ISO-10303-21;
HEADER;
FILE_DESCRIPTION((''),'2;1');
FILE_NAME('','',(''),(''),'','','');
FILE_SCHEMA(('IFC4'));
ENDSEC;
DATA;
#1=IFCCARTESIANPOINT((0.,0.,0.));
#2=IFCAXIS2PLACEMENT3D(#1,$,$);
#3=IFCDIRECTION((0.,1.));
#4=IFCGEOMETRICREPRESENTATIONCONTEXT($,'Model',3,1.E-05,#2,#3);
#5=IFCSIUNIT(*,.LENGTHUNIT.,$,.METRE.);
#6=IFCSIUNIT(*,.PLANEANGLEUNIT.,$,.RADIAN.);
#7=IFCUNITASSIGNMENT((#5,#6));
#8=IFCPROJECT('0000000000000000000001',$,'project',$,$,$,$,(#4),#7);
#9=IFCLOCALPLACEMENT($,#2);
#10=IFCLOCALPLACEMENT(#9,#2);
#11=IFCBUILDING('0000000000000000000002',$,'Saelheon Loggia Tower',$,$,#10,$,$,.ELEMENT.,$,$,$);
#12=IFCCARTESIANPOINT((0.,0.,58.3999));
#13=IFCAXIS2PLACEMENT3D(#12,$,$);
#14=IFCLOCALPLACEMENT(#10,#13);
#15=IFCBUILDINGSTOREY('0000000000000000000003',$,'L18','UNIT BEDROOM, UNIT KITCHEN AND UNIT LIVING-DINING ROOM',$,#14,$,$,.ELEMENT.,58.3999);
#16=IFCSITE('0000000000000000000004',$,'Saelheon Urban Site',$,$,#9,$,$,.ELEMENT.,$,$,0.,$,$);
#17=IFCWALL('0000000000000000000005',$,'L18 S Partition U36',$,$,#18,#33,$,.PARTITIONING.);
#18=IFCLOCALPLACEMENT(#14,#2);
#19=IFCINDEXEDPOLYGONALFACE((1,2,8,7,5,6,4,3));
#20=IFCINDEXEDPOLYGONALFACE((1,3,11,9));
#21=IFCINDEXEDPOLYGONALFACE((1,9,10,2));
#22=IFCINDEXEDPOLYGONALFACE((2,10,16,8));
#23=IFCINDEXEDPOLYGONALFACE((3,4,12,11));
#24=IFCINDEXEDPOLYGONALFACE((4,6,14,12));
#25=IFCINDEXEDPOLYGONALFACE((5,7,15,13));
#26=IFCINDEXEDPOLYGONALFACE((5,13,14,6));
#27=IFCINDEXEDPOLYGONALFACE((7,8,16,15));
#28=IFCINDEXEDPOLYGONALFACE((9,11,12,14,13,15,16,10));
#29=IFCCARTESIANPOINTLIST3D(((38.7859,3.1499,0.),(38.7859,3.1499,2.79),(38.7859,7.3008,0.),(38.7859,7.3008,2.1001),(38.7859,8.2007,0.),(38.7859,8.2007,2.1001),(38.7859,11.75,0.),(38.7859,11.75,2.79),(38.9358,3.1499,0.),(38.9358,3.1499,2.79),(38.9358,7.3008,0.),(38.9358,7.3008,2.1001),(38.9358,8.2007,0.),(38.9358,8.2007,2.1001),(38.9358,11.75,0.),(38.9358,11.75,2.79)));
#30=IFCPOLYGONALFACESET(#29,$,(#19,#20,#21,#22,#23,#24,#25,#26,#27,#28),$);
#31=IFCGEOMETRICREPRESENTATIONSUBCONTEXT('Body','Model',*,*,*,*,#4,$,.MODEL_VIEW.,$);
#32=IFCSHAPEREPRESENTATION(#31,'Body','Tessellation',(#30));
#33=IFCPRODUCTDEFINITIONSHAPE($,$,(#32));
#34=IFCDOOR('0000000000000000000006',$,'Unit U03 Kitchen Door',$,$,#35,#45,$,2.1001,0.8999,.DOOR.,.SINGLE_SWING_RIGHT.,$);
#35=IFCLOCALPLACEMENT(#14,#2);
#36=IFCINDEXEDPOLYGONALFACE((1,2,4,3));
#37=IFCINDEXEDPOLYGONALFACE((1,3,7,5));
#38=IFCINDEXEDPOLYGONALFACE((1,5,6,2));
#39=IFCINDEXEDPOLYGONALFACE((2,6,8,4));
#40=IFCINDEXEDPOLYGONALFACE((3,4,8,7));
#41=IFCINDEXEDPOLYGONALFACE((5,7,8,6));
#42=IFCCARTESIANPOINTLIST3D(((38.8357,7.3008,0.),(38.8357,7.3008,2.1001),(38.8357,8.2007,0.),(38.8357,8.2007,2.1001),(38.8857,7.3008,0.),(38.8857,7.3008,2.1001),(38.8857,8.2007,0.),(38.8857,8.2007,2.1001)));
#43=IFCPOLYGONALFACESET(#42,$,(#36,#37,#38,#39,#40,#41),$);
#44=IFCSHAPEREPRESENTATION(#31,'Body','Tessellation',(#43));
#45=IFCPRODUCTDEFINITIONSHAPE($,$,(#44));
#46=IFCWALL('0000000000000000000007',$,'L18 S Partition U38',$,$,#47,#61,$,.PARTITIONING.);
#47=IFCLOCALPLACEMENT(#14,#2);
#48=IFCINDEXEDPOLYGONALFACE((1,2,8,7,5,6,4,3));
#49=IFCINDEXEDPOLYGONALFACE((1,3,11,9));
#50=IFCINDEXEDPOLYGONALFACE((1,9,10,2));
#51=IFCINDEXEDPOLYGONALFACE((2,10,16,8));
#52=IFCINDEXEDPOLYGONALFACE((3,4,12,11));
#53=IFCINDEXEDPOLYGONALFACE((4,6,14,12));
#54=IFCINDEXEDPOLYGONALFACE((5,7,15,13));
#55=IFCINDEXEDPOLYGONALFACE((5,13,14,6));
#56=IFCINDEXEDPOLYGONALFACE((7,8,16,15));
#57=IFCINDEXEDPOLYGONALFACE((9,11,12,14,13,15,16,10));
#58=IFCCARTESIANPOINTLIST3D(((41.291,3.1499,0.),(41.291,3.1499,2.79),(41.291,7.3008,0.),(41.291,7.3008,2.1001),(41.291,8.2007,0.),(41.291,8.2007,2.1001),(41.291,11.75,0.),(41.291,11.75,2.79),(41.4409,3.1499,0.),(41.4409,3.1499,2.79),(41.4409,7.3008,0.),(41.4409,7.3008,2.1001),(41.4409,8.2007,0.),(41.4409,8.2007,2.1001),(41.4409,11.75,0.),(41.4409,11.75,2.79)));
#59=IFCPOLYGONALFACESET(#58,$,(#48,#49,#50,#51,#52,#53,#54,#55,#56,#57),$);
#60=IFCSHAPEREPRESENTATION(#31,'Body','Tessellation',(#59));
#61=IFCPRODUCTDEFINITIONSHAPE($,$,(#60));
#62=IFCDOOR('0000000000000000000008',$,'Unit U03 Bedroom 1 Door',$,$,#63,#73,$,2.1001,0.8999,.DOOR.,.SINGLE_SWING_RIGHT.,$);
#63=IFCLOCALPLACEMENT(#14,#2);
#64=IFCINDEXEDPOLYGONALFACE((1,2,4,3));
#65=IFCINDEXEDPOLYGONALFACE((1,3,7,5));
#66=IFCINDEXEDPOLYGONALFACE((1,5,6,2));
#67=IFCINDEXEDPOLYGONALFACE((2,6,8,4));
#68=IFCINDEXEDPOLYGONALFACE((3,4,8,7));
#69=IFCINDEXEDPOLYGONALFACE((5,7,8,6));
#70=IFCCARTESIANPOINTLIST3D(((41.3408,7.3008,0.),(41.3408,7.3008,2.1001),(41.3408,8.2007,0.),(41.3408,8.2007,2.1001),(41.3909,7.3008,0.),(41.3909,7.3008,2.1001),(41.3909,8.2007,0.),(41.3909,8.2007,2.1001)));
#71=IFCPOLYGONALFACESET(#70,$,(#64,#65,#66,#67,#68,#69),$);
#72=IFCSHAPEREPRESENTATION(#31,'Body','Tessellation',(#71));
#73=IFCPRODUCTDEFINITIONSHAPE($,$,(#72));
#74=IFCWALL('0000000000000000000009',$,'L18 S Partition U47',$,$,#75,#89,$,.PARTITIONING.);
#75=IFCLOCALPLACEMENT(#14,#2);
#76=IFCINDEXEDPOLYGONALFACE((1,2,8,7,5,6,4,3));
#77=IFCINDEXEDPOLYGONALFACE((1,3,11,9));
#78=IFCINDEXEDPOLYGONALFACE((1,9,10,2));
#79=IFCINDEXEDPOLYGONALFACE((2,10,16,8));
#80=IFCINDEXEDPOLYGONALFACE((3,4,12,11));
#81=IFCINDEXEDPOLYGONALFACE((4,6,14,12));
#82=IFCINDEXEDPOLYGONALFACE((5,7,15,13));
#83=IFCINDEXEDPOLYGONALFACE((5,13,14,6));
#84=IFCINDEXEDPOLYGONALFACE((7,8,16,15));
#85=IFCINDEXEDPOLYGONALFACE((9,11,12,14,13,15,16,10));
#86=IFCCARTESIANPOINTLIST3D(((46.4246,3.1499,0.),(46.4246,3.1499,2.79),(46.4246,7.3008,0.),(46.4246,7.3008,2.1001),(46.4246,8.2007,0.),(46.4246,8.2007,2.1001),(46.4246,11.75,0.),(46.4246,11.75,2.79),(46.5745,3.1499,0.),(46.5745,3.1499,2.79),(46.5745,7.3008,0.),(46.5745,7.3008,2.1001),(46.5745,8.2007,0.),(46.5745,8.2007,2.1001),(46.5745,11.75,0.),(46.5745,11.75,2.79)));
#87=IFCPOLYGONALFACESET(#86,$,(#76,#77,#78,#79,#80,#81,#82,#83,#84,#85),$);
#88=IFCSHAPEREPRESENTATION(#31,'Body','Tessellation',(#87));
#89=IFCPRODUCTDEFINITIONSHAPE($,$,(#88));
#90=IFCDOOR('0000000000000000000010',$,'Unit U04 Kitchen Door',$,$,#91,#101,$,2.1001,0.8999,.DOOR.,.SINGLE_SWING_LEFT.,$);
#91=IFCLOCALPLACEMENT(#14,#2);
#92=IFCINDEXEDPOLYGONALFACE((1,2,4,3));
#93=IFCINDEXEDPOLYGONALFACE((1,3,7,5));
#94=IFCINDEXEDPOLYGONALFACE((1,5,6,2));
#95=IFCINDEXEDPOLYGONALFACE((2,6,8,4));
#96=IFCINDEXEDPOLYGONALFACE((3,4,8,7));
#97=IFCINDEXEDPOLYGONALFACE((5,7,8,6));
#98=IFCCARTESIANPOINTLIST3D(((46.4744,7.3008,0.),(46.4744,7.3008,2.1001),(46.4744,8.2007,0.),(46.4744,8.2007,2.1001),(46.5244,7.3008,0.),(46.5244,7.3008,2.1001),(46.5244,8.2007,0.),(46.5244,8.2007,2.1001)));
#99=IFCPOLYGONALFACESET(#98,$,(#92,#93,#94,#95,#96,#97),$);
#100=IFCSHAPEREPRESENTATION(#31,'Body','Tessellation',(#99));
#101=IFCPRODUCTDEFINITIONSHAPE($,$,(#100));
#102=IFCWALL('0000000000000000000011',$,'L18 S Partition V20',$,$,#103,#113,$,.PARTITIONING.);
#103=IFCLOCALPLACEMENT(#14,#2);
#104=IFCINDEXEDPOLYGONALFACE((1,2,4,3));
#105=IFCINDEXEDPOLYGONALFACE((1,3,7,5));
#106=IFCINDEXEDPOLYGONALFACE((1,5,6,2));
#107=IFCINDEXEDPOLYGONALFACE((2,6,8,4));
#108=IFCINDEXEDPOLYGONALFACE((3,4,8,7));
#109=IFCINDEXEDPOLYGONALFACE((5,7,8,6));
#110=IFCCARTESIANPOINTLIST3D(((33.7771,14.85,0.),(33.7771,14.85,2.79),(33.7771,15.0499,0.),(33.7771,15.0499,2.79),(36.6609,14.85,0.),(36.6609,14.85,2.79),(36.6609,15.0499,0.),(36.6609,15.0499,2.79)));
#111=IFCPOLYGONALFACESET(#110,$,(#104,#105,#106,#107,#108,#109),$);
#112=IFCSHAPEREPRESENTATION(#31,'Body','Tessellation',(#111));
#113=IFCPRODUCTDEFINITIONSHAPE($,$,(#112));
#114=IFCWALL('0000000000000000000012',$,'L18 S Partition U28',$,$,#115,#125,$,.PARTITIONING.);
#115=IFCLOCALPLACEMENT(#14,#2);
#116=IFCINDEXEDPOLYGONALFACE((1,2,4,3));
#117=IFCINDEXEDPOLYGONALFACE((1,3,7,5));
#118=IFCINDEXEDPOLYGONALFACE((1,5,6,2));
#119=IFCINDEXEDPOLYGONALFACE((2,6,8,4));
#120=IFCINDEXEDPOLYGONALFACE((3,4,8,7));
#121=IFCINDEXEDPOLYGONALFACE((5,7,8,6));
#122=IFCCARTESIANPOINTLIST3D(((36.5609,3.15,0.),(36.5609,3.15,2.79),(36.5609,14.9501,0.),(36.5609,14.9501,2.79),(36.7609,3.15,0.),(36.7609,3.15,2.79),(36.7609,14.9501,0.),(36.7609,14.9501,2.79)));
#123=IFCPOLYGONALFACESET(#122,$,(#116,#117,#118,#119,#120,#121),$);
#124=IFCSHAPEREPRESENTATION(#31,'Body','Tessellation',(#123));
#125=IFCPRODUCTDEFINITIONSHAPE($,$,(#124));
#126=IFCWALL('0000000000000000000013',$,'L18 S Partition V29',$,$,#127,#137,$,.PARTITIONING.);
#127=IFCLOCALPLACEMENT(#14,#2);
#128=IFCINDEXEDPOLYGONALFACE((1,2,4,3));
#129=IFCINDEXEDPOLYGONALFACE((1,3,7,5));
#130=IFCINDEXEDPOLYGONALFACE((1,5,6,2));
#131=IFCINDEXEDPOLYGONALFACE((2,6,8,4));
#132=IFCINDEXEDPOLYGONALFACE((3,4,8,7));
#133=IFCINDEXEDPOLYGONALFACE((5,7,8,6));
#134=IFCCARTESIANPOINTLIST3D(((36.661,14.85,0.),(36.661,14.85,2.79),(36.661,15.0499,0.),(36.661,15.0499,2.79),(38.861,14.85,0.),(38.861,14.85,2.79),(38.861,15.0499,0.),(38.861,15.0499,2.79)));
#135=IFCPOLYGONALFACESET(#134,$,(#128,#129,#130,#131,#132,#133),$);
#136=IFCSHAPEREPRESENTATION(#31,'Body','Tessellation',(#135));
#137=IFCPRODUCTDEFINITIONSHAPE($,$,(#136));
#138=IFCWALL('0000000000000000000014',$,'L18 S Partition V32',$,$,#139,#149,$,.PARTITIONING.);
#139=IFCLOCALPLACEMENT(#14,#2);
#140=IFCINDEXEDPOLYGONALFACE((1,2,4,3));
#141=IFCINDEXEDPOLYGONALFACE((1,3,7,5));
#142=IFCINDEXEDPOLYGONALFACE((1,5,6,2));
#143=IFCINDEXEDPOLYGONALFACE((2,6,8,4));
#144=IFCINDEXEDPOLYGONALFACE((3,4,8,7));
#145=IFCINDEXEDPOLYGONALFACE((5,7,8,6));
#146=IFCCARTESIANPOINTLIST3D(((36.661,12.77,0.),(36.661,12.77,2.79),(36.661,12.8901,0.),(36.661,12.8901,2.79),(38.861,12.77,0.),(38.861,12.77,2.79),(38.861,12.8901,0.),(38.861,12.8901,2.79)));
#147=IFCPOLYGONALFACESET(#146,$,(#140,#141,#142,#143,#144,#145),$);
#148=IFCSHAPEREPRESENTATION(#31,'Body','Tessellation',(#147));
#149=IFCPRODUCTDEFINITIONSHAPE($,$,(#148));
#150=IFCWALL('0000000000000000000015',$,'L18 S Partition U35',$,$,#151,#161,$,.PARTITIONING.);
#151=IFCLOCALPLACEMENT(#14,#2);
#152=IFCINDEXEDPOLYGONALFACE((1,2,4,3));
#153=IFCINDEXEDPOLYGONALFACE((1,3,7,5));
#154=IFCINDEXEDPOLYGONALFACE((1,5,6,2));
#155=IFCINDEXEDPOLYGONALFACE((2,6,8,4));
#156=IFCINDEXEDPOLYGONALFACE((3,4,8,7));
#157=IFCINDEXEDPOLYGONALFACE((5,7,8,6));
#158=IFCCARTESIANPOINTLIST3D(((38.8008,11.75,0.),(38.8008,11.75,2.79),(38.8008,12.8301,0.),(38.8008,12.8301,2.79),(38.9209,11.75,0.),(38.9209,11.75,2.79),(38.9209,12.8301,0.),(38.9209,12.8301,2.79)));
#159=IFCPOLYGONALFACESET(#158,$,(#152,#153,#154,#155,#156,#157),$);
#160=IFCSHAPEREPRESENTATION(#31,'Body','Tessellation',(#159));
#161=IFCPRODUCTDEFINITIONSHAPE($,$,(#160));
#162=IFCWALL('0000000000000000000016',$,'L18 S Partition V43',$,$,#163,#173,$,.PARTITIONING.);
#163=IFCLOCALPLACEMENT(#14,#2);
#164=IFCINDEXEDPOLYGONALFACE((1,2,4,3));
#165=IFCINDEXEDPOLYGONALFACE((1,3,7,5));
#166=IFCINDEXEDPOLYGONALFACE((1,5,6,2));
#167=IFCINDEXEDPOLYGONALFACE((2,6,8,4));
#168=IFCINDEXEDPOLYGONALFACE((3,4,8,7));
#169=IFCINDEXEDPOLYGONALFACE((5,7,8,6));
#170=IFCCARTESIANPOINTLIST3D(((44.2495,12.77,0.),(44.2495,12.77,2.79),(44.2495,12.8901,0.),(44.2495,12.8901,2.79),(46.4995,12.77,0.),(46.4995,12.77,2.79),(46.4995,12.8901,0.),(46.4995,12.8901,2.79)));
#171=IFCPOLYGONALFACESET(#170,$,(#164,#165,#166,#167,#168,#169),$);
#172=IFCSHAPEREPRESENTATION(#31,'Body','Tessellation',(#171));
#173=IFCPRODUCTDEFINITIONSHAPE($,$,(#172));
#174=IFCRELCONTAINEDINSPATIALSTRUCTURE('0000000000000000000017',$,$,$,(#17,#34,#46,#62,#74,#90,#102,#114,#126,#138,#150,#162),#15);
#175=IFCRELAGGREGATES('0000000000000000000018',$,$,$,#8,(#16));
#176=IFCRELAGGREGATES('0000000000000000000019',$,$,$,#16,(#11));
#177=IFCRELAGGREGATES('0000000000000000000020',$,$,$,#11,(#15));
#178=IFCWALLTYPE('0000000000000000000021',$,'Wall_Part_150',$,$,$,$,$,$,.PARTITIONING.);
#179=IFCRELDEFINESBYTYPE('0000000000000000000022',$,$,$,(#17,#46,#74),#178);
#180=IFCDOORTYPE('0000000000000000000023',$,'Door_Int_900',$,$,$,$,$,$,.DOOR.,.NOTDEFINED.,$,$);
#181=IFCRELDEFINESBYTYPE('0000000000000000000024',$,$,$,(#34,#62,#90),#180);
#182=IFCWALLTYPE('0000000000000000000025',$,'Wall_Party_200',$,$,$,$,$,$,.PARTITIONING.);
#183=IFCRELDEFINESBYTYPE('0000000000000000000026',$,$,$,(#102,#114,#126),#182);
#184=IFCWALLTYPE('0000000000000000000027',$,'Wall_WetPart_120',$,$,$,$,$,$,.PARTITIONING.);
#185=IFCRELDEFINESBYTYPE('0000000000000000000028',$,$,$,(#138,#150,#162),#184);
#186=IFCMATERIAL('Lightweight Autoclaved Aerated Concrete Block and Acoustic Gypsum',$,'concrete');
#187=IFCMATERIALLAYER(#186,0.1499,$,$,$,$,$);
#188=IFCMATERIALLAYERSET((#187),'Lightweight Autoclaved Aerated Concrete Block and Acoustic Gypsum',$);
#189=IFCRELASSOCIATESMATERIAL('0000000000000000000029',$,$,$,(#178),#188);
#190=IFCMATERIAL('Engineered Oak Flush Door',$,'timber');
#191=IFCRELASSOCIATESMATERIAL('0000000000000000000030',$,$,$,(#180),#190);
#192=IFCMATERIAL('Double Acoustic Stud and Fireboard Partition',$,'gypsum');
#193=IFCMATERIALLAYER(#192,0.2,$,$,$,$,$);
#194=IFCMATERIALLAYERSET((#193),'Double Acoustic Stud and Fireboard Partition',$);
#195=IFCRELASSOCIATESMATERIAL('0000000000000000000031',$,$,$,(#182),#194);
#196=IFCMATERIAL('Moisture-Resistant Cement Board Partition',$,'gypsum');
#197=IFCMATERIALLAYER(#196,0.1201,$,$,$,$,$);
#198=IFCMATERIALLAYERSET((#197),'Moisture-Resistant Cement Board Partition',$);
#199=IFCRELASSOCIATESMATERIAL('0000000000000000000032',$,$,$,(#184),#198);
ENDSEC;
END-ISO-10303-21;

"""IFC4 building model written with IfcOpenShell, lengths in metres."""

from ifc_helpers import new_model, si_unit, direction, frame, frame_2d, origin, place, context, subcontext, project, spatial, rectangle, extrude, source, transform, mapped, material, layer, layer_set, type_object, element, fill, save


model = new_model("IFC4")

# Units and contexts
model_context = context("Model", 3, precision=1e-05, world=origin(), true_north=direction((0.0, 1.0)))
body_context = subcontext(model_context, "Body", "Model", "MODEL_VIEW")
ifc_project = project(units=[si_unit("LENGTHUNIT", "METRE"), si_unit("PLANEANGLEUNIT", "RADIAN")], contexts=[model_context])

# Site, building, storey
site_placement = place(None, origin())
site = spatial("IfcSite", under=ifc_project, at=site_placement, Name="Saelheon Urban Site", CompositionType="ELEMENT", RefElevation=0.0)
building_placement = place(site_placement, origin())
building = spatial("IfcBuilding", under=site, at=building_placement, Name="Saelheon Loggia Tower", CompositionType="ELEMENT")
storey_placement = place(building_placement, frame((0.0, 0.0, 58.3999)))
storey = spatial("IfcBuildingStorey", under=building, at=storey_placement, Name="L18", Description="UNIT BEDROOM, UNIT KITCHEN AND UNIT LIVING-DINING ROOM", CompositionType="ELEMENT", Elevation=58.3999)

# Shared definitions
ifc_material_1 = material(Name="Lightweight Autoclaved Aerated Concrete Block and Acoustic Gypsum", Category="concrete")
ifc_layer_1 = layer(ifc_material_1, 0.1499)
ifc_layer_set_1 = layer_set([ifc_layer_1], Name="Lightweight Autoclaved Aerated Concrete Block and Acoustic Gypsum")
wall_type_1 = type_object("IfcWallType", Name="Wall_Part_150", PredefinedType="PARTITIONING", material=ifc_layer_set_1)

# Shared definitions
ifc_material_2 = material(Name="Engineered Oak Flush Door", Category="timber")
door_type_1 = type_object("IfcDoorType", Name="Door_Int_900", OperationType="NOTDEFINED", PredefinedType="DOOR", material=ifc_material_2)
shared_shape_1 = source(origin(), body_context, "Body", "SweptSolid", [
    extrude(rectangle(XDim=0.8999, YDim=2.1001, at=frame_2d((0.45, 1.05))), frame((0.0, 0.0249, 0.0), z_axis=(0.0, -1.0, 0.0), x_axis=(1.0, 0.0, 0.0)), (0.0, 0.0, 1.0), 0.05),
])

# Walls, openings, doors
wall_1_placement = place(storey_placement, frame((38.8608, 11.75, 0.0), z_axis=(0.0, 0.0, 1.0), x_axis=(0.0, -1.0, 0.0)))
wall_1 = element("IfcWall", 1, at=wall_1_placement, inside=storey, type_object=wall_type_1, Name="L18 S Partition U36", PredefinedType="PARTITIONING", context=body_context, shape_type="SweptSolid", body=[
    extrude(rectangle(XDim=8.6001, YDim=0.1499, at=frame_2d((4.3, 0.0))), origin(), (0.0, 0.0, 1.0), 2.79),
])
opening_1_placement = place(wall_1_placement, frame((3.5493, 0.0, 0.0)))
opening_1 = element("IfcOpeningElement", 2, at=opening_1_placement, cuts=wall_1, PredefinedType="OPENING", context=body_context, shape_type="SweptSolid", body=[
    extrude(rectangle(XDim=0.8999, YDim=2.1001, at=frame_2d((0.45, 1.05))), frame((0.0, 0.0869, 0.0), z_axis=(0.0, -1.0, 0.0), x_axis=(1.0, 0.0, 0.0)), (0.0, 0.0, 1.0), 0.1738),
])
door_1_placement = place(opening_1_placement, origin())
door_1 = element("IfcDoor", 3, at=door_1_placement, inside=storey, type_object=door_type_1, Name="Unit U03 Kitchen Door", OperationType="SINGLE_SWING_RIGHT", OverallHeight=2.1001, OverallWidth=0.8999, PredefinedType="DOOR", context=body_context, shape_type="MappedRepresentation", body=[
    mapped(shared_shape_1, transform((0.0, 0.0, 0.0), scale=1.0)),
])
fill(opening_1, door_1)
wall_2_placement = place(storey_placement, frame((41.366, 11.75, 0.0), z_axis=(0.0, 0.0, 1.0), x_axis=(0.0, -1.0, 0.0)))
wall_2 = element("IfcWall", 4, at=wall_2_placement, inside=storey, type_object=wall_type_1, Name="L18 S Partition U38", PredefinedType="PARTITIONING", context=body_context, shape_type="SweptSolid", body=[
    extrude(rectangle(XDim=8.6001, YDim=0.1499, at=frame_2d((4.3, 0.0))), origin(), (0.0, 0.0, 1.0), 2.79),
])
opening_2_placement = place(wall_2_placement, frame((3.5493, 0.0, 0.0)))
opening_2 = element("IfcOpeningElement", 5, at=opening_2_placement, cuts=wall_2, PredefinedType="OPENING", context=body_context, shape_type="SweptSolid", body=[
    extrude(rectangle(XDim=0.8999, YDim=2.1001, at=frame_2d((0.45, 1.05))), frame((0.0, 0.0869, 0.0), z_axis=(0.0, -1.0, 0.0), x_axis=(1.0, 0.0, 0.0)), (0.0, 0.0, 1.0), 0.1738),
])
door_2_placement = place(opening_2_placement, origin())
door_2 = element("IfcDoor", 6, at=door_2_placement, inside=storey, type_object=door_type_1, Name="Unit U03 Bedroom 1 Door", OperationType="SINGLE_SWING_RIGHT", OverallHeight=2.1001, OverallWidth=0.8999, PredefinedType="DOOR", context=body_context, shape_type="MappedRepresentation", body=[
    mapped(shared_shape_1, transform((0.0, 0.0, 0.0), scale=1.0)),
])
fill(opening_2, door_2)
wall_3_placement = place(storey_placement, frame((46.4995, 11.75, 0.0), z_axis=(0.0, 0.0, 1.0), x_axis=(0.0, -1.0, 0.0)))
wall_3 = element("IfcWall", 7, at=wall_3_placement, inside=storey, type_object=wall_type_1, Name="L18 S Partition U47", PredefinedType="PARTITIONING", context=body_context, shape_type="SweptSolid", body=[
    extrude(rectangle(XDim=8.6001, YDim=0.1499, at=frame_2d((4.3, 0.0))), origin(), (0.0, 0.0, 1.0), 2.79),
])
opening_3_placement = place(wall_3_placement, frame((3.5493, 0.0, 0.0)))
opening_3 = element("IfcOpeningElement", 8, at=opening_3_placement, cuts=wall_3, PredefinedType="OPENING", context=body_context, shape_type="SweptSolid", body=[
    extrude(rectangle(XDim=0.8999, YDim=2.1001, at=frame_2d((0.45, 1.05))), frame((0.0, 0.0869, 0.0), z_axis=(0.0, -1.0, 0.0), x_axis=(1.0, 0.0, 0.0)), (0.0, 0.0, 1.0), 0.1738),
])
door_3_placement = place(opening_3_placement, origin())
door_3 = element("IfcDoor", 9, at=door_3_placement, inside=storey, type_object=door_type_1, Name="Unit U04 Kitchen Door", OperationType="SINGLE_SWING_LEFT", OverallHeight=2.1001, OverallWidth=0.8999, PredefinedType="DOOR", context=body_context, shape_type="MappedRepresentation", body=[
    mapped(shared_shape_1, transform((0.0, 0.0, 0.0), scale=1.0)),
])
fill(opening_3, door_3)

# Walls
ifc_material_3 = material(Name="Double Acoustic Stud and Fireboard Partition", Category="gypsum")
ifc_layer_2 = layer(ifc_material_3, 0.2)
ifc_layer_set_2 = layer_set([ifc_layer_2], Name="Double Acoustic Stud and Fireboard Partition")
wall_type_2 = type_object("IfcWallType", Name="Wall_Party_200", PredefinedType="PARTITIONING", material=ifc_layer_set_2)
wall_4_placement = place(storey_placement, frame((33.7771, 14.95, 0.0), z_axis=(0.0, 0.0, 1.0), x_axis=(1.0, 0.0, 0.0)))
element("IfcWall", 10, at=wall_4_placement, inside=storey, type_object=wall_type_2, Name="L18 S Partition V20", PredefinedType="PARTITIONING", context=body_context, shape_type="SweptSolid", body=[
    extrude(rectangle(XDim=2.8838, YDim=0.2, at=frame_2d((1.4419, 0.0))), origin(), (0.0, 0.0, 1.0), 2.79),
])
wall_5_placement = place(storey_placement, frame((36.6609, 14.95, 0.0), z_axis=(0.0, 0.0, 1.0), x_axis=(0.0, -1.0, 0.0)))
element("IfcWall", 11, at=wall_5_placement, inside=storey, type_object=wall_type_2, Name="L18 S Partition U28", PredefinedType="PARTITIONING", context=body_context, shape_type="SweptSolid", body=[
    extrude(rectangle(XDim=11.8, YDim=0.2, at=frame_2d((5.8999, 0.0))), origin(), (0.0, 0.0, 1.0), 2.79),
])
wall_6_placement = place(storey_placement, frame((36.6609, 14.95, 0.0), z_axis=(0.0, 0.0, 1.0), x_axis=(1.0, 0.0, 0.0)))
element("IfcWall", 12, at=wall_6_placement, inside=storey, type_object=wall_type_2, Name="L18 S Partition V29", PredefinedType="PARTITIONING", context=body_context, shape_type="SweptSolid", body=[
    extrude(rectangle(XDim=2.2, YDim=0.2, at=frame_2d((1.1001, 0.0))), origin(), (0.0, 0.0, 1.0), 2.79),
])

# Walls
ifc_material_4 = material(Name="Moisture-Resistant Cement Board Partition", Category="gypsum")
ifc_layer_3 = layer(ifc_material_4, 0.1201)
ifc_layer_set_3 = layer_set([ifc_layer_3], Name="Moisture-Resistant Cement Board Partition")
wall_type_3 = type_object("IfcWallType", Name="Wall_WetPart_120", PredefinedType="PARTITIONING", material=ifc_layer_set_3)
wall_7_placement = place(storey_placement, frame((36.6609, 12.8301, 0.0), z_axis=(0.0, 0.0, 1.0), x_axis=(1.0, 0.0, 0.0)))
element("IfcWall", 13, at=wall_7_placement, inside=storey, type_object=wall_type_3, Name="L18 S Partition V32", PredefinedType="PARTITIONING", context=body_context, shape_type="SweptSolid", body=[
    extrude(rectangle(XDim=2.2, YDim=0.1201, at=frame_2d((1.1001, 0.0))), origin(), (0.0, 0.0, 1.0), 2.79),
])
wall_8_placement = place(storey_placement, frame((38.8608, 12.8301, 0.0), z_axis=(0.0, 0.0, 1.0), x_axis=(0.0, -1.0, 0.0)))
element("IfcWall", 14, at=wall_8_placement, inside=storey, type_object=wall_type_3, Name="L18 S Partition U35", PredefinedType="PARTITIONING", context=body_context, shape_type="SweptSolid", body=[
    extrude(rectangle(XDim=1.0801, YDim=0.1201, at=frame_2d((0.54, 0.0))), origin(), (0.0, 0.0, 1.0), 2.79),
])
wall_9_placement = place(storey_placement, frame((44.2495, 12.8301, 0.0), z_axis=(0.0, 0.0, 1.0), x_axis=(1.0, 0.0, 0.0)))
element("IfcWall", 15, at=wall_9_placement, inside=storey, type_object=wall_type_3, Name="L18 S Partition V43", PredefinedType="PARTITIONING", context=body_context, shape_type="SweptSolid", body=[
    extrude(rectangle(XDim=2.25, YDim=0.1201, at=frame_2d((1.125, 0.0))), origin(), (0.0, 0.0, 1.0), 2.79),
])

save(model, "model.ifc")
